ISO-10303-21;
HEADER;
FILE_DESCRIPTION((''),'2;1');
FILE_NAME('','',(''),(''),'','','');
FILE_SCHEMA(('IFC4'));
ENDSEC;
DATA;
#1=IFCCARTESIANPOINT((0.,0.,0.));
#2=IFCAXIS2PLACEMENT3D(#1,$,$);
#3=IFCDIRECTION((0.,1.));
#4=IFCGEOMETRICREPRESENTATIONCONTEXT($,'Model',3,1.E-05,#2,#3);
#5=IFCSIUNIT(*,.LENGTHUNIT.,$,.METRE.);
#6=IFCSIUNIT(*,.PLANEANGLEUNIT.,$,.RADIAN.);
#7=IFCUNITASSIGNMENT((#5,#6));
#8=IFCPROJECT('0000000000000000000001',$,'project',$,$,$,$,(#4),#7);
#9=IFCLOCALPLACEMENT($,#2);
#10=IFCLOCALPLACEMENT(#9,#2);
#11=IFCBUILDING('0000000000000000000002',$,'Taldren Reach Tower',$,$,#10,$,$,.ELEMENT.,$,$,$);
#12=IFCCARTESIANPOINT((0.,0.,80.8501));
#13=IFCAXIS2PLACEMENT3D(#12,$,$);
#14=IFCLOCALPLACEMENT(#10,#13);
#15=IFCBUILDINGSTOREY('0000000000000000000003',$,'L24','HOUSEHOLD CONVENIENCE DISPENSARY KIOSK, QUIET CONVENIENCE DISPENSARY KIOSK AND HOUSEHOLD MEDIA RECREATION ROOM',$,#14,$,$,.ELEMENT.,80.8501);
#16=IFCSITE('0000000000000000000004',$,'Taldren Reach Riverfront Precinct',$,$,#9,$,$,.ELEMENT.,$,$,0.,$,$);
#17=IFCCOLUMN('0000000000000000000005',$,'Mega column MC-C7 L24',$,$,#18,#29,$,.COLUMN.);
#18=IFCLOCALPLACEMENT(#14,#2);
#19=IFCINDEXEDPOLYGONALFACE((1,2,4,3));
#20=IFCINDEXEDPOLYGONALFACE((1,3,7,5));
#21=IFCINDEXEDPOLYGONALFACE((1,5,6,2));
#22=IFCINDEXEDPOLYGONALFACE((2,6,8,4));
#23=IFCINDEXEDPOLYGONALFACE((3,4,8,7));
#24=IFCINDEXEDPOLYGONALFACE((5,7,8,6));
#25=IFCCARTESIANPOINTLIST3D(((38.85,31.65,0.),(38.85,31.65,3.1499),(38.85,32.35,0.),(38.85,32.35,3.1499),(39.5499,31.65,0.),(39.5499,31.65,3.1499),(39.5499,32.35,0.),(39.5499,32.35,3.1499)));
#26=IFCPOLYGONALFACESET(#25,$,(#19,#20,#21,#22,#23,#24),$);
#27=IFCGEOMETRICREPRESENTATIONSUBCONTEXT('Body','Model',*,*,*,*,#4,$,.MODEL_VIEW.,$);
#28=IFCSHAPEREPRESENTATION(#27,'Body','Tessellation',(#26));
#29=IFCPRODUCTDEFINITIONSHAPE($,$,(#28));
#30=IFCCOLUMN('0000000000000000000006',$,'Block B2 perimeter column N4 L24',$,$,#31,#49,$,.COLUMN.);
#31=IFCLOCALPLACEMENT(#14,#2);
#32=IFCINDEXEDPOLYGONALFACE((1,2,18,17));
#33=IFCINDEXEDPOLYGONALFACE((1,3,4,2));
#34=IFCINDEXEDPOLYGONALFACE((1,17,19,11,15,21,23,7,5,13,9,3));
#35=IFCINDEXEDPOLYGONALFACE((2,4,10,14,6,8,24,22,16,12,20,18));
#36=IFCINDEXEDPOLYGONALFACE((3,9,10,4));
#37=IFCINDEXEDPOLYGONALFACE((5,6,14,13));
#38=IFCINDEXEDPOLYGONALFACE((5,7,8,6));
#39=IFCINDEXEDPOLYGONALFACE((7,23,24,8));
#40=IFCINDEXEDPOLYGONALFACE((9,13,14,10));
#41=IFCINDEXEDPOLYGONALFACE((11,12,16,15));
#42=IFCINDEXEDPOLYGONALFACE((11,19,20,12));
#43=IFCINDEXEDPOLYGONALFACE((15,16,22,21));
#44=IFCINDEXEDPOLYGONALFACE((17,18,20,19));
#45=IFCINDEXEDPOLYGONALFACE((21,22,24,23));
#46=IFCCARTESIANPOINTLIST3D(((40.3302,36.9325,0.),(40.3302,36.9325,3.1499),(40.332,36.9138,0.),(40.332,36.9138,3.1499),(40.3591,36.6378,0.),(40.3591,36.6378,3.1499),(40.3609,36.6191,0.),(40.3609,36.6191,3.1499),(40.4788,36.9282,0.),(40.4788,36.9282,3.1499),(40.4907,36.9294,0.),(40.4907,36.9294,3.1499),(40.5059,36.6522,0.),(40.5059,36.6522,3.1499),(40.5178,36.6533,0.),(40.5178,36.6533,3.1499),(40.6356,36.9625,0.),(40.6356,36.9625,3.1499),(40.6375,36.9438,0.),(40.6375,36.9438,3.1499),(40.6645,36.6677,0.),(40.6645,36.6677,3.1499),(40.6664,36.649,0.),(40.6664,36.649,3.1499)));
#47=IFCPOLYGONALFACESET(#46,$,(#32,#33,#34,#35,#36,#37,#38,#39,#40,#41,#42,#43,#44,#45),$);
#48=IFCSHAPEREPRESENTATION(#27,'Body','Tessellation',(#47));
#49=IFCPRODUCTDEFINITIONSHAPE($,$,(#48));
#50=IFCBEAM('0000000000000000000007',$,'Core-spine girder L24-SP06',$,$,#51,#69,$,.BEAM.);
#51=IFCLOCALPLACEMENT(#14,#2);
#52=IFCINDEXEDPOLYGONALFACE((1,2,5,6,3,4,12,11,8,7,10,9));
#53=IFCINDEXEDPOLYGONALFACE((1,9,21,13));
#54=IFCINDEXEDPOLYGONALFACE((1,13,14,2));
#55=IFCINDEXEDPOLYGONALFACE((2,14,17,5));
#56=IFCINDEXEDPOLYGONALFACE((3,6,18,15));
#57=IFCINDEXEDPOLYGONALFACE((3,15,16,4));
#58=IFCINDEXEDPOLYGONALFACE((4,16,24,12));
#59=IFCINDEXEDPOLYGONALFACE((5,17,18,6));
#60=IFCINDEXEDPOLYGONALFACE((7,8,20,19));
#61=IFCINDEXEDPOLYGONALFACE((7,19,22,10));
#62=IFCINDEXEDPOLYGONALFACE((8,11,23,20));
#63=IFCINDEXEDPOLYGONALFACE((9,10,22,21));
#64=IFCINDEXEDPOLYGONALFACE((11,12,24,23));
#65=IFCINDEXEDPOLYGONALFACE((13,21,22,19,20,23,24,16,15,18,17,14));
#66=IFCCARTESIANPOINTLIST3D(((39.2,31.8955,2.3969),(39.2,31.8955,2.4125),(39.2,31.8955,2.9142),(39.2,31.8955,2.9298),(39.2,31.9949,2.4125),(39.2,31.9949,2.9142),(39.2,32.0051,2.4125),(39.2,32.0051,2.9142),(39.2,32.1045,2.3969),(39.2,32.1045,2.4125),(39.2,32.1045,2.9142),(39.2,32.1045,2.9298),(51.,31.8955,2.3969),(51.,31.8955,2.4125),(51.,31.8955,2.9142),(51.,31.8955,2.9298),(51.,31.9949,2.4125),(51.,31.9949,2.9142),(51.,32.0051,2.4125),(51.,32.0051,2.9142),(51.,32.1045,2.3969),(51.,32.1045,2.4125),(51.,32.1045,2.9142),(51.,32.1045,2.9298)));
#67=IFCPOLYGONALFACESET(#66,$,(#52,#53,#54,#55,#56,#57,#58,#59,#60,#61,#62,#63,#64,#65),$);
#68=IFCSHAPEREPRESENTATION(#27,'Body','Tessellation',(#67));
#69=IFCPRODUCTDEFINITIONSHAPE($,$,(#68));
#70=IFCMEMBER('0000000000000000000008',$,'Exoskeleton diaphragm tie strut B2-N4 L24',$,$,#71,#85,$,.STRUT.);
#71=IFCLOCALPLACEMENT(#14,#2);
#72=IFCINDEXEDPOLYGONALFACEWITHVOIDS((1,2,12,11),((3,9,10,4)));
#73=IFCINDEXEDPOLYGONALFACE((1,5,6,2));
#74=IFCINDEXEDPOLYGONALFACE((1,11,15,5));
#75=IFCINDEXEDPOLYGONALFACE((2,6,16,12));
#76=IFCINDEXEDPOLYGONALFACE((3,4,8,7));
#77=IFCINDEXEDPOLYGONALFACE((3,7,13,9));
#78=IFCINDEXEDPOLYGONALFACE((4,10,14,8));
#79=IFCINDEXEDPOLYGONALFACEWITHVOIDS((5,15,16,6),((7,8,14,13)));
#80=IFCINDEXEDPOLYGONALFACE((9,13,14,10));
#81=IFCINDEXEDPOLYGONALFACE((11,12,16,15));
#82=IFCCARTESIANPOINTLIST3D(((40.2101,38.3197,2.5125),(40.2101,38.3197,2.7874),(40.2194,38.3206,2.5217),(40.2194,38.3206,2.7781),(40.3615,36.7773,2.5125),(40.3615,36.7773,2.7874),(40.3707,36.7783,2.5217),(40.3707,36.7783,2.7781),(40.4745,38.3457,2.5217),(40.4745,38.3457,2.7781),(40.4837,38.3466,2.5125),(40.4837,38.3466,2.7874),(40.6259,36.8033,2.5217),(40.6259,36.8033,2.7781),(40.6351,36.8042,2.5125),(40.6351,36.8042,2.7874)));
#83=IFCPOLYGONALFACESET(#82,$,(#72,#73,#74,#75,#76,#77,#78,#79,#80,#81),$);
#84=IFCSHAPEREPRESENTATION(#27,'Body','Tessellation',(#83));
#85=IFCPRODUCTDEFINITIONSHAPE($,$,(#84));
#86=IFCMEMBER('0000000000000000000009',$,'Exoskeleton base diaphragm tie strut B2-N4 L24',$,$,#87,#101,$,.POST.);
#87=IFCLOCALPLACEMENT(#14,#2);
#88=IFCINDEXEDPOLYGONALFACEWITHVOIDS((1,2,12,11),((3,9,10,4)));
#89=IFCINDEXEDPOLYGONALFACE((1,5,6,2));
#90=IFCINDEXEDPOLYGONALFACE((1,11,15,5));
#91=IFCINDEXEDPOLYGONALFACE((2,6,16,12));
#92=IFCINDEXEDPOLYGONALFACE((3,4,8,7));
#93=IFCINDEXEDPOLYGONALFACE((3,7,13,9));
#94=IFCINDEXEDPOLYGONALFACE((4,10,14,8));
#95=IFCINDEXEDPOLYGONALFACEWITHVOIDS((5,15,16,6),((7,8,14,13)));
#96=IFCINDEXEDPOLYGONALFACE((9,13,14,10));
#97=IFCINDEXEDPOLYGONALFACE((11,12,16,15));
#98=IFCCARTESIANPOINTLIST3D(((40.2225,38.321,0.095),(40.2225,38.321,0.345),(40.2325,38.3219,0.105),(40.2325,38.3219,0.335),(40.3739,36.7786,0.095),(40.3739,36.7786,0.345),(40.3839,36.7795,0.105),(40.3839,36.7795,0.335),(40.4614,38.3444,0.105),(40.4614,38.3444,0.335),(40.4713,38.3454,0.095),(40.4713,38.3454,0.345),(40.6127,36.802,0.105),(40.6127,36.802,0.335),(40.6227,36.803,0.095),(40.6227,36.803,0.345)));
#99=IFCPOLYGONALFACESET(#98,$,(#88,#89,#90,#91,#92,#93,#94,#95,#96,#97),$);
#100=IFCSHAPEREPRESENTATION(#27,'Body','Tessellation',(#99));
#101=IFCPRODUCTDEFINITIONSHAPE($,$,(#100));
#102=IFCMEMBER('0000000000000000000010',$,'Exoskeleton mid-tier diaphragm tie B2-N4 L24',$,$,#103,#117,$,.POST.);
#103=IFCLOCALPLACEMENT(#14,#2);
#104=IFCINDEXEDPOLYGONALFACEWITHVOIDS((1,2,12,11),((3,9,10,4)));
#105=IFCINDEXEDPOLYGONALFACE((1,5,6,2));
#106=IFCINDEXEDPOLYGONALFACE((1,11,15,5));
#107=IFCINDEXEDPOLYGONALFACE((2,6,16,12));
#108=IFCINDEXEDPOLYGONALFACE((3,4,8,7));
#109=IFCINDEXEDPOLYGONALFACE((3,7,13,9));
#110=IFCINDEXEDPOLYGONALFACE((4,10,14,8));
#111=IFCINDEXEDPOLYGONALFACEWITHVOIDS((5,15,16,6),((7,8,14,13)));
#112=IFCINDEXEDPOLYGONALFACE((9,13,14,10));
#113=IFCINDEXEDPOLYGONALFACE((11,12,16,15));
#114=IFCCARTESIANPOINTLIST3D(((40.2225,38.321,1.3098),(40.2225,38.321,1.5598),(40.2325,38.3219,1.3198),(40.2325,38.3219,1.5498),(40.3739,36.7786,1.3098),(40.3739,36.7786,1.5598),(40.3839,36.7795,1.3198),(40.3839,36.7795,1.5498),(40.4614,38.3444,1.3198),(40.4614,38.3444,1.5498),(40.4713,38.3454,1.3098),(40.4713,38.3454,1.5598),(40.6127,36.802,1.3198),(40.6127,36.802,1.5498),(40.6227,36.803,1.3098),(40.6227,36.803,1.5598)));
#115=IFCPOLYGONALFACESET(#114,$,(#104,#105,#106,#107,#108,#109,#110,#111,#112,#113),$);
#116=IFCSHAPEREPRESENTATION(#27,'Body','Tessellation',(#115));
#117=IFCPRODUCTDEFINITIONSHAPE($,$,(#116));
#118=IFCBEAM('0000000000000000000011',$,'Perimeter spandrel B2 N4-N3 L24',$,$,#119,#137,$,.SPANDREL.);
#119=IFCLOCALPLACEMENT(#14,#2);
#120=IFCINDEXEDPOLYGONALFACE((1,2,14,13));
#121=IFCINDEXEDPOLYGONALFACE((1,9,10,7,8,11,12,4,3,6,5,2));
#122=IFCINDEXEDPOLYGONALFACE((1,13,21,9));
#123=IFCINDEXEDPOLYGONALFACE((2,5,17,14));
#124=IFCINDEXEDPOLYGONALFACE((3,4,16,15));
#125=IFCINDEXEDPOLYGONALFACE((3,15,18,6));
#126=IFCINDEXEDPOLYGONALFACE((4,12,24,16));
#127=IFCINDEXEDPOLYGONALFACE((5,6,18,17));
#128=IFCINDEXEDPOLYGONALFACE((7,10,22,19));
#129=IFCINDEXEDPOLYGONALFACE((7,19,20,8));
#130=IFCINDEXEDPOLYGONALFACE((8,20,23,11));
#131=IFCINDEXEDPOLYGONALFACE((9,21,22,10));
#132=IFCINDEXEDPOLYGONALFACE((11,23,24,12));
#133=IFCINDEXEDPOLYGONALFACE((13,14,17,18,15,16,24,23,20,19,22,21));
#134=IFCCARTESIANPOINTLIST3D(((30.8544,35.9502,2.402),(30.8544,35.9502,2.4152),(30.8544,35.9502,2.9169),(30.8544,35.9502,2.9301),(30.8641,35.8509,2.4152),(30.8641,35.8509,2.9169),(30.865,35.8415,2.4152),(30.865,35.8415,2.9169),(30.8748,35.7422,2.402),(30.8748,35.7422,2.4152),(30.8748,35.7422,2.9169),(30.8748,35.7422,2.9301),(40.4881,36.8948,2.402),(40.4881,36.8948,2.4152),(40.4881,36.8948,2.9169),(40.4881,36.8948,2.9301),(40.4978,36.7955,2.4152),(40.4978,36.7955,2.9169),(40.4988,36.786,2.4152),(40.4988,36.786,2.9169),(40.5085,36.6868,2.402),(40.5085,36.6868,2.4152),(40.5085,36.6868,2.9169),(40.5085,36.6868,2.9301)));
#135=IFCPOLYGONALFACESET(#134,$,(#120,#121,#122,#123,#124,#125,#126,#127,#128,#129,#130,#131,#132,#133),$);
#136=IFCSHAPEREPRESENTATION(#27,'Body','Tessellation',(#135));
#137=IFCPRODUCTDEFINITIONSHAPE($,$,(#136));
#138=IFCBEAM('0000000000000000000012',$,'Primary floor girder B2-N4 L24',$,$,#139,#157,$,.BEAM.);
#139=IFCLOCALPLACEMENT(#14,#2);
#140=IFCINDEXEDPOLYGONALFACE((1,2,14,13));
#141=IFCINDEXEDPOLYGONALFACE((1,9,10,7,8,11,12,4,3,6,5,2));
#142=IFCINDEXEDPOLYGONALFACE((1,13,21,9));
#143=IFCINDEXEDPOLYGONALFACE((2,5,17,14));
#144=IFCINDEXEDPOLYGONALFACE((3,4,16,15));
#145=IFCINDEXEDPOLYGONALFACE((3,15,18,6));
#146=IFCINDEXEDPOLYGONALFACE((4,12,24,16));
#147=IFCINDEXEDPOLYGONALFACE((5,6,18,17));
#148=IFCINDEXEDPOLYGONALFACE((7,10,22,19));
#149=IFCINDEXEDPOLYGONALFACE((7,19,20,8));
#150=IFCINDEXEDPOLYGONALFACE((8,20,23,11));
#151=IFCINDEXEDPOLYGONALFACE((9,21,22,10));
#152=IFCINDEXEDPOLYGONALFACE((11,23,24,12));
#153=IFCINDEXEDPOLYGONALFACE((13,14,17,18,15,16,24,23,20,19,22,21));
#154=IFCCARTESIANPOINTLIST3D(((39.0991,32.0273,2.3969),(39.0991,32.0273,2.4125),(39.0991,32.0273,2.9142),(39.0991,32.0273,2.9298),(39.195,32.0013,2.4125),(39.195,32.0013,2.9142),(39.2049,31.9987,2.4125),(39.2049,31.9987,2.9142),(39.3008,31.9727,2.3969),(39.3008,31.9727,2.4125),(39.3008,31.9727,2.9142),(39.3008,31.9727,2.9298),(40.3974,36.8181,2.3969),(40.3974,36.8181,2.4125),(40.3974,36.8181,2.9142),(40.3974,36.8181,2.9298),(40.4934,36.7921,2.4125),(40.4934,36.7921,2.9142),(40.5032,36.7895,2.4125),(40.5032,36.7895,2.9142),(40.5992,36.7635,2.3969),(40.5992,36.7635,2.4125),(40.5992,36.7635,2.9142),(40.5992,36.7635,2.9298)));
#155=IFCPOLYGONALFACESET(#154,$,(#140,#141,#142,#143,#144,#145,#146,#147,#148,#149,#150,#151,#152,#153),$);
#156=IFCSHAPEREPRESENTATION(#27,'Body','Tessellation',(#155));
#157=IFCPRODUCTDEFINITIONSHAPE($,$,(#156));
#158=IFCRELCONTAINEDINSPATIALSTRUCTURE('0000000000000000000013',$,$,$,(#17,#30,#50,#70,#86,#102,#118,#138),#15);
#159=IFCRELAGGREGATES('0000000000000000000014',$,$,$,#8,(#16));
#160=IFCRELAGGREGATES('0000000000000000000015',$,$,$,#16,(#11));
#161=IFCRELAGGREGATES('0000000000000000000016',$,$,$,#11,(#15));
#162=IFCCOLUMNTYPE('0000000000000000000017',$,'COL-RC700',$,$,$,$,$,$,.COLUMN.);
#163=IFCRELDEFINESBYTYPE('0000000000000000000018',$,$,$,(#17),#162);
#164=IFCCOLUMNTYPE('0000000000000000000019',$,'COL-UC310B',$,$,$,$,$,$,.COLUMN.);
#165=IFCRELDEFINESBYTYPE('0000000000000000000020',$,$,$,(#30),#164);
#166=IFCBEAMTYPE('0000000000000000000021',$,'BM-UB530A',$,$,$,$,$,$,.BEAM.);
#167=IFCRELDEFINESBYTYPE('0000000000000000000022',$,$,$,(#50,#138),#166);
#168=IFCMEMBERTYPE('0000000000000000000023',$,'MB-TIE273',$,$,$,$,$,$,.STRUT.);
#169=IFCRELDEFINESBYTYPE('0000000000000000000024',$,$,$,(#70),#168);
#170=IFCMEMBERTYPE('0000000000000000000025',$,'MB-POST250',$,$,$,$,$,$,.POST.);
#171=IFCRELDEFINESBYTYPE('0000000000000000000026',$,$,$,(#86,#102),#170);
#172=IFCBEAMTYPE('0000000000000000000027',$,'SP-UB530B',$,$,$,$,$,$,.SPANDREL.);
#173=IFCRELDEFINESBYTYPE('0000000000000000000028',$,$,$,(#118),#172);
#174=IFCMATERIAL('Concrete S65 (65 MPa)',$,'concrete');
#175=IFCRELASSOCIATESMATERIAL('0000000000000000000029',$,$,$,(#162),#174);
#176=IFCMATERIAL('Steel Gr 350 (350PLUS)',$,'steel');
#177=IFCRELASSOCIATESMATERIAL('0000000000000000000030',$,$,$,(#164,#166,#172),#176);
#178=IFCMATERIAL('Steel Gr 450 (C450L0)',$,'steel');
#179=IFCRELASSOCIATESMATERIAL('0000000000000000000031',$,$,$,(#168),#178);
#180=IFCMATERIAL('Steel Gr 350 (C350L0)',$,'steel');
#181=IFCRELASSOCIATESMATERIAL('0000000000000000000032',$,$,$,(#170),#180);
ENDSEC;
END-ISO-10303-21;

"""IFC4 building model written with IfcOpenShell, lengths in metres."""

from ifc_helpers import new_model, si_unit, direction, frame, origin, origin_2d, place, context, subcontext, project, spatial, rectangle, hollow_rectangle, i_section, extrude, source, transform, mapped, material, material_profile, profile_set, type_object, element, save


model = new_model("IFC4")

# Units and contexts
model_context = context("Model", 3, precision=1e-05, world=origin(), true_north=direction((0.0, 1.0)))
body_context = subcontext(model_context, "Body", "Model", "MODEL_VIEW")
ifc_project = project(units=[si_unit("LENGTHUNIT", "METRE"), si_unit("PLANEANGLEUNIT", "RADIAN")], contexts=[model_context])

# Site, building, storey
site_placement = place(None, origin())
site = spatial("IfcSite", under=ifc_project, at=site_placement, Name="Taldren Reach Riverfront Precinct", CompositionType="ELEMENT", RefElevation=0.0)
building_placement = place(site_placement, origin())
building = spatial("IfcBuilding", under=site, at=building_placement, Name="Taldren Reach Tower", CompositionType="ELEMENT")
storey_placement = place(building_placement, frame((0.0, 0.0, 80.8501)))
storey = spatial("IfcBuildingStorey", under=building, at=storey_placement, Name="L24", Description="HOUSEHOLD CONVENIENCE DISPENSARY KIOSK, QUIET CONVENIENCE DISPENSARY KIOSK AND HOUSEHOLD MEDIA RECREATION ROOM", CompositionType="ELEMENT", Elevation=80.8501)

# Columns
ifc_material_1 = material(Name="Concrete S65 (65 MPa)", Category="concrete")
ifc_material_profile_1 = material_profile(ifc_material_1, rectangle(XDim=0.7, YDim=0.7, at=origin_2d()), Name="RC-700x700")
ifc_profile_set_1 = profile_set([ifc_material_profile_1], Name="Concrete S65 (65 MPa)")
column_type_1 = type_object("IfcColumnType", Name="COL-RC700", PredefinedType="COLUMN", material=ifc_profile_set_1)
shared_shape_1 = source(origin(), body_context, "Body", "SweptSolid", [
    extrude(rectangle(XDim=0.7, YDim=0.7, at=origin_2d()), origin(), (0.0, 0.0, 1.0), 3.1499),
])
column_1_placement = place(storey_placement, frame((39.2, 32.0, 0.0), z_axis=(0.0, 0.0, 1.0), x_axis=(1.0, 0.0, 0.0)))
element("IfcColumn", 1, at=column_1_placement, inside=storey, type_object=column_type_1, Name="Mega column MC-C7 L24", PredefinedType="COLUMN", context=body_context, shape_type="MappedRepresentation", body=[
    mapped(shared_shape_1, transform((0.0, 0.0, 0.0), scale=1.0)),
])
ifc_material_2 = material(Name="Steel Gr 350 (350PLUS)", Category="steel")
ifc_material_profile_2 = material_profile(ifc_material_2, i_section(OverallWidth=0.3069, OverallDepth=0.3149, WebThickness=0.012, FlangeThickness=0.0188, at=origin_2d()), Name="310UC118")
ifc_profile_set_2 = profile_set([ifc_material_profile_2], Name="Steel Gr 350 (350PLUS)")
column_type_2 = type_object("IfcColumnType", Name="COL-UC310B", PredefinedType="COLUMN", material=ifc_profile_set_2)
shared_shape_2 = source(origin(), body_context, "Body", "SweptSolid", [
    extrude(i_section(OverallWidth=0.3069, OverallDepth=0.3149, WebThickness=0.012, FlangeThickness=0.0188, at=origin_2d()), origin(), (0.0, 0.0, 1.0), 3.1499),
])
column_2_placement = place(storey_placement, frame((40.4983, 36.7908, 0.0), z_axis=(0.0, 0.0, 1.0), x_axis=(0.995227, 0.097583, 0.0)))
element("IfcColumn", 2, at=column_2_placement, inside=storey, type_object=column_type_2, Name="Block B2 perimeter column N4 L24", PredefinedType="COLUMN", context=body_context, shape_type="MappedRepresentation", body=[
    mapped(shared_shape_2, transform((0.0, 0.0, 0.0), scale=1.0)),
])

# Beam
ifc_material_profile_3 = material_profile(ifc_material_2, i_section(OverallWidth=0.209, OverallDepth=0.533, WebThickness=0.0103, FlangeThickness=0.0156, at=origin_2d()), Name="530UB92.4")
ifc_profile_set_3 = profile_set([ifc_material_profile_3], Name="Steel Gr 350 (350PLUS)")
beam_type_1 = type_object("IfcBeamType", Name="BM-UB530A", PredefinedType="BEAM", material=ifc_profile_set_3)
shared_shape_3 = source(origin(), body_context, "Body", "SweptSolid", [
    extrude(i_section(OverallWidth=0.209, OverallDepth=0.533, WebThickness=0.0103, FlangeThickness=0.0156, at=origin_2d()), origin(), (0.0, 0.0, 1.0), 11.8),
])
beam_1_placement = place(storey_placement, frame((39.2, 32.0, 2.6633), z_axis=(1.0, 0.0, 0.0), x_axis=(0.0, 1.0, 0.0)))
element("IfcBeam", 3, at=beam_1_placement, inside=storey, type_object=beam_type_1, Name="Core-spine girder L24-SP06", PredefinedType="BEAM", context=body_context, shape_type="MappedRepresentation", body=[
    mapped(shared_shape_3, transform((0.0, 0.0, 0.0), scale=1.0)),
])

# Members
ifc_material_3 = material(Name="Steel Gr 450 (C450L0)", Category="steel")
ifc_material_profile_4 = material_profile(ifc_material_3, hollow_rectangle(XDim=0.2749, YDim=0.2749, WallThickness=0.0093, at=origin_2d()), Name="275x275x9.3SHS")
ifc_profile_set_4 = profile_set([ifc_material_profile_4], Name="Steel Gr 450 (C450L0)")
member_type_1 = type_object("IfcMemberType", Name="MB-TIE273", PredefinedType="STRUT", material=ifc_profile_set_4)
shared_shape_4 = source(origin(), body_context, "Body", "SweptSolid", [
    extrude(hollow_rectangle(XDim=0.2749, YDim=0.2749, WallThickness=0.0093, at=origin_2d()), origin(), (0.0, 0.0, 1.0), 1.5498),
])
member_1_placement = place(storey_placement, frame((40.4983, 36.7908, 2.6499), z_axis=(-0.097663, 0.99522, 0.0), x_axis=(-0.99522, -0.097663, 0.0)))
element("IfcMember", 4, at=member_1_placement, inside=storey, type_object=member_type_1, Name="Exoskeleton diaphragm tie strut B2-N4 L24", PredefinedType="STRUT", context=body_context, shape_type="MappedRepresentation", body=[
    mapped(shared_shape_4, transform((0.0, 0.0, 0.0), scale=1.0)),
])
ifc_material_4 = material(Name="Steel Gr 350 (C350L0)", Category="steel")
ifc_material_profile_5 = material_profile(ifc_material_4, hollow_rectangle(XDim=0.25, YDim=0.25, WallThickness=0.01, at=origin_2d()), Name="250x250x10.0SHS")
ifc_profile_set_5 = profile_set([ifc_material_profile_5], Name="Steel Gr 350 (C350L0)")
member_type_2 = type_object("IfcMemberType", Name="MB-POST250", PredefinedType="POST", material=ifc_profile_set_5)
shared_shape_5 = source(origin(), body_context, "Body", "SweptSolid", [
    extrude(hollow_rectangle(XDim=0.25, YDim=0.25, WallThickness=0.01, at=origin_2d()), origin(), (0.0, 0.0, 1.0), 1.5498),
])
for number, where, z_axis, x_axis, name in (
    (5, (40.4983, 36.7908, 0.22), (-0.097663, 0.99522, 0.0), (-0.99522, -0.097663, 0.0), "Exoskeleton base diaphragm tie strut B2-N4 L24"),
    (6, (40.4983, 36.7908, 1.4348), (-0.097663, 0.99522, 0.0), (-0.99522, -0.097663, 0.0), "Exoskeleton mid-tier diaphragm tie B2-N4 L24"),
):
    element("IfcMember", number, at=place(storey_placement, frame(where, z_axis=z_axis, x_axis=x_axis)), inside=storey, type_object=member_type_2, Name=name, PredefinedType="POST", context=body_context, shape_type="MappedRepresentation", body=[
        mapped(shared_shape_5, transform((0.0, 0.0, 0.0), scale=1.0)),
    ])

# Beams
ifc_material_profile_6 = material_profile(ifc_material_2, i_section(OverallWidth=0.209, OverallDepth=0.5281, WebThickness=0.0095, FlangeThickness=0.0132, at=origin_2d()), Name="530UB82.0")
ifc_profile_set_6 = profile_set([ifc_material_profile_6], Name="Steel Gr 350 (350PLUS)")
beam_type_2 = type_object("IfcBeamType", Name="SP-UB530B", PredefinedType="SPANDREL", material=ifc_profile_set_6)
shared_shape_6 = source(origin(), body_context, "Body", "SweptSolid", [
    extrude(i_section(OverallWidth=0.209, OverallDepth=0.5281, WebThickness=0.0095, FlangeThickness=0.0132, at=origin_2d()), origin(), (0.0, 0.0, 1.0), 9.6799),
])
beam_2_placement = place(storey_placement, frame((40.4983, 36.7908, 2.666), z_axis=(-0.995228, -0.097581, 0.0), x_axis=(0.097581, -0.995228, 0.0)))
element("IfcBeam", 7, at=beam_2_placement, inside=storey, type_object=beam_type_2, Name="Perimeter spandrel B2 N4-N3 L24", PredefinedType="SPANDREL", context=body_context, shape_type="MappedRepresentation", body=[
    mapped(shared_shape_6, transform((0.0, 0.0, 0.0), scale=1.0)),
])
shared_shape_7 = source(origin(), body_context, "Body", "SweptSolid", [
    extrude(i_section(OverallWidth=0.209, OverallDepth=0.533, WebThickness=0.0103, FlangeThickness=0.0156, at=origin_2d()), origin(), (0.0, 0.0, 1.0), 4.9636),
])
beam_3_placement = place(storey_placement, frame((39.2, 32.0, 2.6633), z_axis=(0.261573, 0.965184, 0.0), x_axis=(-0.965184, 0.261573, 0.0)))
element("IfcBeam", 8, at=beam_3_placement, inside=storey, type_object=beam_type_1, Name="Primary floor girder B2-N4 L24", PredefinedType="BEAM", context=body_context, shape_type="MappedRepresentation", body=[
    mapped(shared_shape_7, transform((0.0, 0.0, 0.0), scale=1.0)),
])

save(model, "model.ifc")
